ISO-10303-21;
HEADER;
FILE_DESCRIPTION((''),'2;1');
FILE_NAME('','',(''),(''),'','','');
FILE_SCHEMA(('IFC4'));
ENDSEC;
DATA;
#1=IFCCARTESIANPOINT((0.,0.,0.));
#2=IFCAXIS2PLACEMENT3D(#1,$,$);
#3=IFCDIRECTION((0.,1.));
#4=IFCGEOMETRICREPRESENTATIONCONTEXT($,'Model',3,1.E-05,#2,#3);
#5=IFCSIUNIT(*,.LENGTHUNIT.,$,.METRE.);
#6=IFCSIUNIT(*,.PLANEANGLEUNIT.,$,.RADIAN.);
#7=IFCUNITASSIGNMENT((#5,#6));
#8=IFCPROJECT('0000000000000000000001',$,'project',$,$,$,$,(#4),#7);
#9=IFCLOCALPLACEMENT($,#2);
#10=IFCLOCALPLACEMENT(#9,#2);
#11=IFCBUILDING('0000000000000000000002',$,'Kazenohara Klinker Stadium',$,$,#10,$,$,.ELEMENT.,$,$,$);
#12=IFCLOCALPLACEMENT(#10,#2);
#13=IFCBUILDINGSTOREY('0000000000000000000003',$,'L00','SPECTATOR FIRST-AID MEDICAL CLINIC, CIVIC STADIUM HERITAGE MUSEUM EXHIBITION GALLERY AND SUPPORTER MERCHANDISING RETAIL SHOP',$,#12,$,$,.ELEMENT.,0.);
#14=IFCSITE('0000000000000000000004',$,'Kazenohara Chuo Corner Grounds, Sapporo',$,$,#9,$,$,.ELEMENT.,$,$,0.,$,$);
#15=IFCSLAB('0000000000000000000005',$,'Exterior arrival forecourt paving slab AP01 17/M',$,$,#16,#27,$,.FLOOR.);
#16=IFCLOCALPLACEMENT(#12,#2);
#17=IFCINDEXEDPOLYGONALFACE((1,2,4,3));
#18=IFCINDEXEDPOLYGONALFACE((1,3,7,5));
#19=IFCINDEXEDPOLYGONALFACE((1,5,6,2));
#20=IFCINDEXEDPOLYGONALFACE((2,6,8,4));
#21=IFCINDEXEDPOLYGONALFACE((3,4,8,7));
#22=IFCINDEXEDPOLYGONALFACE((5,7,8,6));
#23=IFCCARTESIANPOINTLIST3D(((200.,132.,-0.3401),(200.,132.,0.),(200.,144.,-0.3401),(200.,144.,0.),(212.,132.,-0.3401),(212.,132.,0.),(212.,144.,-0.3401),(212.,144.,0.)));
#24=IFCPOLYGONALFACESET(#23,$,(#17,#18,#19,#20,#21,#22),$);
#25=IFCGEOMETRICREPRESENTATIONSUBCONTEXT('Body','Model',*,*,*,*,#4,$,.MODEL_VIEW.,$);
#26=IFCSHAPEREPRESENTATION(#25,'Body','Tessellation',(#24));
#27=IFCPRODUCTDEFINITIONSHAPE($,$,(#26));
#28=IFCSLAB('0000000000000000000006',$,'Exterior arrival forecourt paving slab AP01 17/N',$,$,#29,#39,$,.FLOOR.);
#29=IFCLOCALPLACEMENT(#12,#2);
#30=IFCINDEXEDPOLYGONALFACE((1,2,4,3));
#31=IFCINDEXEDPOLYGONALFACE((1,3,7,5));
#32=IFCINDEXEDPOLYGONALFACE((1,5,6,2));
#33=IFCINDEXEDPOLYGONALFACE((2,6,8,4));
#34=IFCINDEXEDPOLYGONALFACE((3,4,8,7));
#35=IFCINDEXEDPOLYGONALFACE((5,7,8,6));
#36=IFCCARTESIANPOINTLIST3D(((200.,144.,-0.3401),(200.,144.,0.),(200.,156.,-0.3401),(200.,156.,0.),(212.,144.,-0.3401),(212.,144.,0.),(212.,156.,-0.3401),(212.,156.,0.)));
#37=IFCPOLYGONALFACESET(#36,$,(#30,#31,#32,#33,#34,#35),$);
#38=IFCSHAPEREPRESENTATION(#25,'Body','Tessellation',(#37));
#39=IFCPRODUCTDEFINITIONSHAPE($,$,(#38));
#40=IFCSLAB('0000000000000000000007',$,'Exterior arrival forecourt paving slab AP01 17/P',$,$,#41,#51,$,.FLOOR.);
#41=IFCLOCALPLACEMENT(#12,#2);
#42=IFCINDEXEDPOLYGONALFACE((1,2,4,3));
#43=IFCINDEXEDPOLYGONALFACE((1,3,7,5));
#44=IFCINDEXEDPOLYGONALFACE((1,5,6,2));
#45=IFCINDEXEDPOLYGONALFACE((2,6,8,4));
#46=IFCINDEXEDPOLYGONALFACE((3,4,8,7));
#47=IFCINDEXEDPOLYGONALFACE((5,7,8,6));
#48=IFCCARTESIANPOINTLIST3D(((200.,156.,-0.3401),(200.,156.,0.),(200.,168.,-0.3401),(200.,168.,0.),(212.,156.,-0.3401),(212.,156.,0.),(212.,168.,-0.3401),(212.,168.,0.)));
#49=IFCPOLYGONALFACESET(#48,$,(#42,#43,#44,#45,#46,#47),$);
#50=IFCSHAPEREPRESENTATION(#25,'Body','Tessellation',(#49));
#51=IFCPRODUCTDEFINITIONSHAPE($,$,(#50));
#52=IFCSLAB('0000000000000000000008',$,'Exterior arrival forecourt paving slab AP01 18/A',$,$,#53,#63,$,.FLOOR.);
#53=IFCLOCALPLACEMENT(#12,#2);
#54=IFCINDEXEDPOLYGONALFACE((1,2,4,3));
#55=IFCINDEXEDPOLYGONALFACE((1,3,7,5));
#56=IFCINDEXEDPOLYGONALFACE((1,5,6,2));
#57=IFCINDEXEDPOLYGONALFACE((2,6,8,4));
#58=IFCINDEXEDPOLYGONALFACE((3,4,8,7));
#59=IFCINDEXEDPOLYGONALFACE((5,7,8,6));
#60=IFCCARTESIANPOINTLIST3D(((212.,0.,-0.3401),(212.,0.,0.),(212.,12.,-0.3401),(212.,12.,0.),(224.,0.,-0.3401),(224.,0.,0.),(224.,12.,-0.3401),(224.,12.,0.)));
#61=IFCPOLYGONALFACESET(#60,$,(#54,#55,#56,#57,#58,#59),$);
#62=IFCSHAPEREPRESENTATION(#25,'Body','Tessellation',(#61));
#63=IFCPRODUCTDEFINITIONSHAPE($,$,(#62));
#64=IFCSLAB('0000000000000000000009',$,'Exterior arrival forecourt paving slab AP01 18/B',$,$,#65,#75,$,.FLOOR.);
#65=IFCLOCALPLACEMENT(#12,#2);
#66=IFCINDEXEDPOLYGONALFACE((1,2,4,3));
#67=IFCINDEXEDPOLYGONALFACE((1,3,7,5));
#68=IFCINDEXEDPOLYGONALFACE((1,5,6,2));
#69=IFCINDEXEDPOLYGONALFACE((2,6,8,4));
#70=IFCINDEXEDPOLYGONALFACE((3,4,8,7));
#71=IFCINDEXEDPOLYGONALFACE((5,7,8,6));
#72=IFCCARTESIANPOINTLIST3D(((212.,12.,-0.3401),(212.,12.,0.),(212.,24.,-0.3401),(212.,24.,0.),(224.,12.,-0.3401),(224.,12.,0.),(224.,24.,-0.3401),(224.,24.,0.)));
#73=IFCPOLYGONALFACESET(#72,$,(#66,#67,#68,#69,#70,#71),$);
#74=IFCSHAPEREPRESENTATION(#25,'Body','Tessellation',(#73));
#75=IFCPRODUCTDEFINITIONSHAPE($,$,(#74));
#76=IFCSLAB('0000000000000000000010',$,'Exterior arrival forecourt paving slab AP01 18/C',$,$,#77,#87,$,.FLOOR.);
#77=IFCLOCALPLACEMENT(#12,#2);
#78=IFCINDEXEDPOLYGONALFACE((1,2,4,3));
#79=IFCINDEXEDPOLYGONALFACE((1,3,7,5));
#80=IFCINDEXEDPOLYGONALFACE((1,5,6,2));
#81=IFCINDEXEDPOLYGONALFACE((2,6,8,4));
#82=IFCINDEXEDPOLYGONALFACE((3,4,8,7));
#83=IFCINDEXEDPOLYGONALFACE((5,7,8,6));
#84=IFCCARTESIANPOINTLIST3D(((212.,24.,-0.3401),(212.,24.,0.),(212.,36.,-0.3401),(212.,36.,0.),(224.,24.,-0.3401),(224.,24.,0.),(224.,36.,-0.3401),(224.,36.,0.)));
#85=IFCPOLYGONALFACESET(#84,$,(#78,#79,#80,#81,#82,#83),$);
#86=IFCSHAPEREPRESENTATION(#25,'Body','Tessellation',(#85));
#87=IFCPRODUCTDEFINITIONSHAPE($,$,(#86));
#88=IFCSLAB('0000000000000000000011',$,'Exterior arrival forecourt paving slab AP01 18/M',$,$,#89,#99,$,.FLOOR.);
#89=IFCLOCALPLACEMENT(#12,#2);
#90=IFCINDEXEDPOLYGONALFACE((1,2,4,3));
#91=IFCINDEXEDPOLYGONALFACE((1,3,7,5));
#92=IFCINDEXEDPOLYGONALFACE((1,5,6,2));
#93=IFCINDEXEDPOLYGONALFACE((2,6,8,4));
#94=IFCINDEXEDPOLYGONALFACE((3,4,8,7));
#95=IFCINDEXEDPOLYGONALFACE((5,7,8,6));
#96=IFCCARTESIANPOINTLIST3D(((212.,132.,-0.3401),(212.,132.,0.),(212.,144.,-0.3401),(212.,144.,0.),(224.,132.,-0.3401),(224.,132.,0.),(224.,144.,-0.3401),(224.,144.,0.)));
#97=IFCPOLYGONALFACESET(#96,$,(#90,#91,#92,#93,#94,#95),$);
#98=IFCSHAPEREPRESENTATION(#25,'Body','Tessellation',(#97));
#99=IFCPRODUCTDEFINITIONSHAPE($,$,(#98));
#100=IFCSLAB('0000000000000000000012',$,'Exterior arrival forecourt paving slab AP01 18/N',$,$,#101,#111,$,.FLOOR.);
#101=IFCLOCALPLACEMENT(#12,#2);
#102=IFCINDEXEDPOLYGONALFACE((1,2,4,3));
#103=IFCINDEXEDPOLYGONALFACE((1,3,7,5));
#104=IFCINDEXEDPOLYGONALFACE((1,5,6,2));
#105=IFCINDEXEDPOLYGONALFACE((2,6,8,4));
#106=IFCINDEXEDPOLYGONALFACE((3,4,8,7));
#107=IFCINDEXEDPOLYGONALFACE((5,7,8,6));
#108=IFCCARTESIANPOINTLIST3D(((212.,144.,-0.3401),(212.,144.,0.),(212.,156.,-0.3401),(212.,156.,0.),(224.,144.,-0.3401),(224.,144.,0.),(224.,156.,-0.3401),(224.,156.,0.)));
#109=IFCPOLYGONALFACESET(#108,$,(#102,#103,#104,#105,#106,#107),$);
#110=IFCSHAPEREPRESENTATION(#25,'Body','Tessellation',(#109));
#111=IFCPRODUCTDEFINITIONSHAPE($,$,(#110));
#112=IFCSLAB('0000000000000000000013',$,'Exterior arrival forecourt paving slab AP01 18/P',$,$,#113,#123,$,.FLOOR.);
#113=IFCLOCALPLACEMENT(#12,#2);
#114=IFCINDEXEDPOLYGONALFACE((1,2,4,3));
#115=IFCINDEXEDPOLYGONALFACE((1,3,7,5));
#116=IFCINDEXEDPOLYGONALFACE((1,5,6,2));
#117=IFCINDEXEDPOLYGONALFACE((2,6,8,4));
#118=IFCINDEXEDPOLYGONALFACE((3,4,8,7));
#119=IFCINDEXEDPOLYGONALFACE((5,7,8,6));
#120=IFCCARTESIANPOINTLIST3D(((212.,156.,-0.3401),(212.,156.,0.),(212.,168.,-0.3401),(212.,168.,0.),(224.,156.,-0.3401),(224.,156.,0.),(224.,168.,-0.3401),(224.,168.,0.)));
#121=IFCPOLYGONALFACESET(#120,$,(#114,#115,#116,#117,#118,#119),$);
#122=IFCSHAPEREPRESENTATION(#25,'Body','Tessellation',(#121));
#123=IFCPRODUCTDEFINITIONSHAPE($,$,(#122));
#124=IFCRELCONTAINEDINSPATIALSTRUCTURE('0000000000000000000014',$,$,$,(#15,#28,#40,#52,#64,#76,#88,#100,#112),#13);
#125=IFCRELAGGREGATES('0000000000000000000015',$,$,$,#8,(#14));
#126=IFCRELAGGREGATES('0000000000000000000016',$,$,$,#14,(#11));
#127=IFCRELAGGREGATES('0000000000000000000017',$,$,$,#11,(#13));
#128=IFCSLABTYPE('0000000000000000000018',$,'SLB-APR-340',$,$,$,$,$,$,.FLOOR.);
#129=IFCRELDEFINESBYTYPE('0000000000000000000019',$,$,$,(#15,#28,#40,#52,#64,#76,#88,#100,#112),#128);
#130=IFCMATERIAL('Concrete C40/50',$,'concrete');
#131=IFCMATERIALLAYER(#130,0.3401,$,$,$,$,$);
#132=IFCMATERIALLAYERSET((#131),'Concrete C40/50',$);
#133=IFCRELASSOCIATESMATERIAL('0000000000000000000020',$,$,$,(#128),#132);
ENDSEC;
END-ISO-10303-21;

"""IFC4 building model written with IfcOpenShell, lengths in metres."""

from ifc_helpers import new_model, si_unit, direction, frame, origin, place, context, subcontext, project, spatial, polyline, outline, extrude, material, layer, layer_set, type_object, element, save


model = new_model("IFC4")

# Units and contexts
model_context = context("Model", 3, precision=1e-05, world=origin(), true_north=direction((0.0, 1.0)))
body_context = subcontext(model_context, "Body", "Model", "MODEL_VIEW")
ifc_project = project(units=[si_unit("LENGTHUNIT", "METRE"), si_unit("PLANEANGLEUNIT", "RADIAN")], contexts=[model_context])

# Site, building, storey
site_placement = place(None, origin())
site = spatial("IfcSite", under=ifc_project, at=site_placement, Name="Kazenohara Chuo Corner Grounds, Sapporo", CompositionType="ELEMENT", RefElevation=0.0)
building_placement = place(site_placement, origin())
building = spatial("IfcBuilding", under=site, at=building_placement, Name="Kazenohara Klinker Stadium", CompositionType="ELEMENT")
storey_placement = place(building_placement, origin())
storey = spatial("IfcBuildingStorey", under=building, at=storey_placement, Name="L00", Description="SPECTATOR FIRST-AID MEDICAL CLINIC, CIVIC STADIUM HERITAGE MUSEUM EXHIBITION GALLERY AND SUPPORTER MERCHANDISING RETAIL SHOP", CompositionType="ELEMENT", Elevation=0.0)

# Slabs
ifc_material = material(Name="Concrete C40/50", Category="concrete")
ifc_layer = layer(ifc_material, 0.3401)
ifc_layer_set = layer_set([ifc_layer], Name="Concrete C40/50")
slab_type = type_object("IfcSlabType", Name="SLB-APR-340", PredefinedType="FLOOR", material=ifc_layer_set)
slab_1_placement = place(storey_placement, frame((0.0, 0.0, -0.3401)))
element("IfcSlab", 1, at=slab_1_placement, inside=storey, type_object=slab_type, Name="Exterior arrival forecourt paving slab AP01 17/M", PredefinedType="FLOOR", context=body_context, shape_type="SweptSolid", body=[
    extrude(outline(polyline([(200.0, 132.0), (212.0, 132.0), (212.0, 144.0), (200.0, 144.0), (200.0, 132.0)])), origin(), (0.0, 0.0, 1.0), 0.3401),
])
slab_2_placement = place(storey_placement, frame((0.0, 0.0, -0.3401)))
element("IfcSlab", 2, at=slab_2_placement, inside=storey, type_object=slab_type, Name="Exterior arrival forecourt paving slab AP01 17/N", PredefinedType="FLOOR", context=body_context, shape_type="SweptSolid", body=[
    extrude(outline(polyline([(200.0, 144.0), (212.0, 144.0), (212.0, 156.0), (200.0, 156.0), (200.0, 144.0)])), origin(), (0.0, 0.0, 1.0), 0.3401),
])
slab_3_placement = place(storey_placement, frame((0.0, 0.0, -0.3401)))
element("IfcSlab", 3, at=slab_3_placement, inside=storey, type_object=slab_type, Name="Exterior arrival forecourt paving slab AP01 17/P", PredefinedType="FLOOR", context=body_context, shape_type="SweptSolid", body=[
    extrude(outline(polyline([(200.0, 156.0), (212.0, 156.0), (212.0, 168.0), (200.0, 168.0), (200.0, 156.0)])), origin(), (0.0, 0.0, 1.0), 0.3401),
])
slab_4_placement = place(storey_placement, frame((0.0, 0.0, -0.3401)))
element("IfcSlab", 4, at=slab_4_placement, inside=storey, type_object=slab_type, Name="Exterior arrival forecourt paving slab AP01 18/A", PredefinedType="FLOOR", context=body_context, shape_type="SweptSolid", body=[
    extrude(outline(polyline([(212.0, 0.0), (224.0, 0.0), (224.0, 12.0), (212.0, 12.0), (212.0, 0.0)])), origin(), (0.0, 0.0, 1.0), 0.3401),
])
slab_5_placement = place(storey_placement, frame((0.0, 0.0, -0.3401)))
element("IfcSlab", 5, at=slab_5_placement, inside=storey, type_object=slab_type, Name="Exterior arrival forecourt paving slab AP01 18/B", PredefinedType="FLOOR", context=body_context, shape_type="SweptSolid", body=[
    extrude(outline(polyline([(212.0, 12.0), (224.0, 12.0), (224.0, 24.0), (212.0, 24.0), (212.0, 12.0)])), origin(), (0.0, 0.0, 1.0), 0.3401),
])
slab_6_placement = place(storey_placement, frame((0.0, 0.0, -0.3401)))
element("IfcSlab", 6, at=slab_6_placement, inside=storey, type_object=slab_type, Name="Exterior arrival forecourt paving slab AP01 18/C", PredefinedType="FLOOR", context=body_context, shape_type="SweptSolid", body=[
    extrude(outline(polyline([(212.0, 24.0), (224.0, 24.0), (224.0, 36.0), (212.0, 36.0), (212.0, 24.0)])), origin(), (0.0, 0.0, 1.0), 0.3401),
])
slab_7_placement = place(storey_placement, frame((0.0, 0.0, -0.3401)))
element("IfcSlab", 7, at=slab_7_placement, inside=storey, type_object=slab_type, Name="Exterior arrival forecourt paving slab AP01 18/M", PredefinedType="FLOOR", context=body_context, shape_type="SweptSolid", body=[
    extrude(outline(polyline([(212.0, 132.0), (224.0, 132.0), (224.0, 144.0), (212.0, 144.0), (212.0, 132.0)])), origin(), (0.0, 0.0, 1.0), 0.3401),
])
slab_8_placement = place(storey_placement, frame((0.0, 0.0, -0.3401)))
element("IfcSlab", 8, at=slab_8_placement, inside=storey, type_object=slab_type, Name="Exterior arrival forecourt paving slab AP01 18/N", PredefinedType="FLOOR", context=body_context, shape_type="SweptSolid", body=[
    extrude(outline(polyline([(212.0, 144.0), (224.0, 144.0), (224.0, 156.0), (212.0, 156.0), (212.0, 144.0)])), origin(), (0.0, 0.0, 1.0), 0.3401),
])
slab_9_placement = place(storey_placement, frame((0.0, 0.0, -0.3401)))
element("IfcSlab", 9, at=slab_9_placement, inside=storey, type_object=slab_type, Name="Exterior arrival forecourt paving slab AP01 18/P", PredefinedType="FLOOR", context=body_context, shape_type="SweptSolid", body=[
    extrude(outline(polyline([(212.0, 156.0), (224.0, 156.0), (224.0, 168.0), (212.0, 168.0), (212.0, 156.0)])), origin(), (0.0, 0.0, 1.0), 0.3401),
])

save(model, "model.ifc")
